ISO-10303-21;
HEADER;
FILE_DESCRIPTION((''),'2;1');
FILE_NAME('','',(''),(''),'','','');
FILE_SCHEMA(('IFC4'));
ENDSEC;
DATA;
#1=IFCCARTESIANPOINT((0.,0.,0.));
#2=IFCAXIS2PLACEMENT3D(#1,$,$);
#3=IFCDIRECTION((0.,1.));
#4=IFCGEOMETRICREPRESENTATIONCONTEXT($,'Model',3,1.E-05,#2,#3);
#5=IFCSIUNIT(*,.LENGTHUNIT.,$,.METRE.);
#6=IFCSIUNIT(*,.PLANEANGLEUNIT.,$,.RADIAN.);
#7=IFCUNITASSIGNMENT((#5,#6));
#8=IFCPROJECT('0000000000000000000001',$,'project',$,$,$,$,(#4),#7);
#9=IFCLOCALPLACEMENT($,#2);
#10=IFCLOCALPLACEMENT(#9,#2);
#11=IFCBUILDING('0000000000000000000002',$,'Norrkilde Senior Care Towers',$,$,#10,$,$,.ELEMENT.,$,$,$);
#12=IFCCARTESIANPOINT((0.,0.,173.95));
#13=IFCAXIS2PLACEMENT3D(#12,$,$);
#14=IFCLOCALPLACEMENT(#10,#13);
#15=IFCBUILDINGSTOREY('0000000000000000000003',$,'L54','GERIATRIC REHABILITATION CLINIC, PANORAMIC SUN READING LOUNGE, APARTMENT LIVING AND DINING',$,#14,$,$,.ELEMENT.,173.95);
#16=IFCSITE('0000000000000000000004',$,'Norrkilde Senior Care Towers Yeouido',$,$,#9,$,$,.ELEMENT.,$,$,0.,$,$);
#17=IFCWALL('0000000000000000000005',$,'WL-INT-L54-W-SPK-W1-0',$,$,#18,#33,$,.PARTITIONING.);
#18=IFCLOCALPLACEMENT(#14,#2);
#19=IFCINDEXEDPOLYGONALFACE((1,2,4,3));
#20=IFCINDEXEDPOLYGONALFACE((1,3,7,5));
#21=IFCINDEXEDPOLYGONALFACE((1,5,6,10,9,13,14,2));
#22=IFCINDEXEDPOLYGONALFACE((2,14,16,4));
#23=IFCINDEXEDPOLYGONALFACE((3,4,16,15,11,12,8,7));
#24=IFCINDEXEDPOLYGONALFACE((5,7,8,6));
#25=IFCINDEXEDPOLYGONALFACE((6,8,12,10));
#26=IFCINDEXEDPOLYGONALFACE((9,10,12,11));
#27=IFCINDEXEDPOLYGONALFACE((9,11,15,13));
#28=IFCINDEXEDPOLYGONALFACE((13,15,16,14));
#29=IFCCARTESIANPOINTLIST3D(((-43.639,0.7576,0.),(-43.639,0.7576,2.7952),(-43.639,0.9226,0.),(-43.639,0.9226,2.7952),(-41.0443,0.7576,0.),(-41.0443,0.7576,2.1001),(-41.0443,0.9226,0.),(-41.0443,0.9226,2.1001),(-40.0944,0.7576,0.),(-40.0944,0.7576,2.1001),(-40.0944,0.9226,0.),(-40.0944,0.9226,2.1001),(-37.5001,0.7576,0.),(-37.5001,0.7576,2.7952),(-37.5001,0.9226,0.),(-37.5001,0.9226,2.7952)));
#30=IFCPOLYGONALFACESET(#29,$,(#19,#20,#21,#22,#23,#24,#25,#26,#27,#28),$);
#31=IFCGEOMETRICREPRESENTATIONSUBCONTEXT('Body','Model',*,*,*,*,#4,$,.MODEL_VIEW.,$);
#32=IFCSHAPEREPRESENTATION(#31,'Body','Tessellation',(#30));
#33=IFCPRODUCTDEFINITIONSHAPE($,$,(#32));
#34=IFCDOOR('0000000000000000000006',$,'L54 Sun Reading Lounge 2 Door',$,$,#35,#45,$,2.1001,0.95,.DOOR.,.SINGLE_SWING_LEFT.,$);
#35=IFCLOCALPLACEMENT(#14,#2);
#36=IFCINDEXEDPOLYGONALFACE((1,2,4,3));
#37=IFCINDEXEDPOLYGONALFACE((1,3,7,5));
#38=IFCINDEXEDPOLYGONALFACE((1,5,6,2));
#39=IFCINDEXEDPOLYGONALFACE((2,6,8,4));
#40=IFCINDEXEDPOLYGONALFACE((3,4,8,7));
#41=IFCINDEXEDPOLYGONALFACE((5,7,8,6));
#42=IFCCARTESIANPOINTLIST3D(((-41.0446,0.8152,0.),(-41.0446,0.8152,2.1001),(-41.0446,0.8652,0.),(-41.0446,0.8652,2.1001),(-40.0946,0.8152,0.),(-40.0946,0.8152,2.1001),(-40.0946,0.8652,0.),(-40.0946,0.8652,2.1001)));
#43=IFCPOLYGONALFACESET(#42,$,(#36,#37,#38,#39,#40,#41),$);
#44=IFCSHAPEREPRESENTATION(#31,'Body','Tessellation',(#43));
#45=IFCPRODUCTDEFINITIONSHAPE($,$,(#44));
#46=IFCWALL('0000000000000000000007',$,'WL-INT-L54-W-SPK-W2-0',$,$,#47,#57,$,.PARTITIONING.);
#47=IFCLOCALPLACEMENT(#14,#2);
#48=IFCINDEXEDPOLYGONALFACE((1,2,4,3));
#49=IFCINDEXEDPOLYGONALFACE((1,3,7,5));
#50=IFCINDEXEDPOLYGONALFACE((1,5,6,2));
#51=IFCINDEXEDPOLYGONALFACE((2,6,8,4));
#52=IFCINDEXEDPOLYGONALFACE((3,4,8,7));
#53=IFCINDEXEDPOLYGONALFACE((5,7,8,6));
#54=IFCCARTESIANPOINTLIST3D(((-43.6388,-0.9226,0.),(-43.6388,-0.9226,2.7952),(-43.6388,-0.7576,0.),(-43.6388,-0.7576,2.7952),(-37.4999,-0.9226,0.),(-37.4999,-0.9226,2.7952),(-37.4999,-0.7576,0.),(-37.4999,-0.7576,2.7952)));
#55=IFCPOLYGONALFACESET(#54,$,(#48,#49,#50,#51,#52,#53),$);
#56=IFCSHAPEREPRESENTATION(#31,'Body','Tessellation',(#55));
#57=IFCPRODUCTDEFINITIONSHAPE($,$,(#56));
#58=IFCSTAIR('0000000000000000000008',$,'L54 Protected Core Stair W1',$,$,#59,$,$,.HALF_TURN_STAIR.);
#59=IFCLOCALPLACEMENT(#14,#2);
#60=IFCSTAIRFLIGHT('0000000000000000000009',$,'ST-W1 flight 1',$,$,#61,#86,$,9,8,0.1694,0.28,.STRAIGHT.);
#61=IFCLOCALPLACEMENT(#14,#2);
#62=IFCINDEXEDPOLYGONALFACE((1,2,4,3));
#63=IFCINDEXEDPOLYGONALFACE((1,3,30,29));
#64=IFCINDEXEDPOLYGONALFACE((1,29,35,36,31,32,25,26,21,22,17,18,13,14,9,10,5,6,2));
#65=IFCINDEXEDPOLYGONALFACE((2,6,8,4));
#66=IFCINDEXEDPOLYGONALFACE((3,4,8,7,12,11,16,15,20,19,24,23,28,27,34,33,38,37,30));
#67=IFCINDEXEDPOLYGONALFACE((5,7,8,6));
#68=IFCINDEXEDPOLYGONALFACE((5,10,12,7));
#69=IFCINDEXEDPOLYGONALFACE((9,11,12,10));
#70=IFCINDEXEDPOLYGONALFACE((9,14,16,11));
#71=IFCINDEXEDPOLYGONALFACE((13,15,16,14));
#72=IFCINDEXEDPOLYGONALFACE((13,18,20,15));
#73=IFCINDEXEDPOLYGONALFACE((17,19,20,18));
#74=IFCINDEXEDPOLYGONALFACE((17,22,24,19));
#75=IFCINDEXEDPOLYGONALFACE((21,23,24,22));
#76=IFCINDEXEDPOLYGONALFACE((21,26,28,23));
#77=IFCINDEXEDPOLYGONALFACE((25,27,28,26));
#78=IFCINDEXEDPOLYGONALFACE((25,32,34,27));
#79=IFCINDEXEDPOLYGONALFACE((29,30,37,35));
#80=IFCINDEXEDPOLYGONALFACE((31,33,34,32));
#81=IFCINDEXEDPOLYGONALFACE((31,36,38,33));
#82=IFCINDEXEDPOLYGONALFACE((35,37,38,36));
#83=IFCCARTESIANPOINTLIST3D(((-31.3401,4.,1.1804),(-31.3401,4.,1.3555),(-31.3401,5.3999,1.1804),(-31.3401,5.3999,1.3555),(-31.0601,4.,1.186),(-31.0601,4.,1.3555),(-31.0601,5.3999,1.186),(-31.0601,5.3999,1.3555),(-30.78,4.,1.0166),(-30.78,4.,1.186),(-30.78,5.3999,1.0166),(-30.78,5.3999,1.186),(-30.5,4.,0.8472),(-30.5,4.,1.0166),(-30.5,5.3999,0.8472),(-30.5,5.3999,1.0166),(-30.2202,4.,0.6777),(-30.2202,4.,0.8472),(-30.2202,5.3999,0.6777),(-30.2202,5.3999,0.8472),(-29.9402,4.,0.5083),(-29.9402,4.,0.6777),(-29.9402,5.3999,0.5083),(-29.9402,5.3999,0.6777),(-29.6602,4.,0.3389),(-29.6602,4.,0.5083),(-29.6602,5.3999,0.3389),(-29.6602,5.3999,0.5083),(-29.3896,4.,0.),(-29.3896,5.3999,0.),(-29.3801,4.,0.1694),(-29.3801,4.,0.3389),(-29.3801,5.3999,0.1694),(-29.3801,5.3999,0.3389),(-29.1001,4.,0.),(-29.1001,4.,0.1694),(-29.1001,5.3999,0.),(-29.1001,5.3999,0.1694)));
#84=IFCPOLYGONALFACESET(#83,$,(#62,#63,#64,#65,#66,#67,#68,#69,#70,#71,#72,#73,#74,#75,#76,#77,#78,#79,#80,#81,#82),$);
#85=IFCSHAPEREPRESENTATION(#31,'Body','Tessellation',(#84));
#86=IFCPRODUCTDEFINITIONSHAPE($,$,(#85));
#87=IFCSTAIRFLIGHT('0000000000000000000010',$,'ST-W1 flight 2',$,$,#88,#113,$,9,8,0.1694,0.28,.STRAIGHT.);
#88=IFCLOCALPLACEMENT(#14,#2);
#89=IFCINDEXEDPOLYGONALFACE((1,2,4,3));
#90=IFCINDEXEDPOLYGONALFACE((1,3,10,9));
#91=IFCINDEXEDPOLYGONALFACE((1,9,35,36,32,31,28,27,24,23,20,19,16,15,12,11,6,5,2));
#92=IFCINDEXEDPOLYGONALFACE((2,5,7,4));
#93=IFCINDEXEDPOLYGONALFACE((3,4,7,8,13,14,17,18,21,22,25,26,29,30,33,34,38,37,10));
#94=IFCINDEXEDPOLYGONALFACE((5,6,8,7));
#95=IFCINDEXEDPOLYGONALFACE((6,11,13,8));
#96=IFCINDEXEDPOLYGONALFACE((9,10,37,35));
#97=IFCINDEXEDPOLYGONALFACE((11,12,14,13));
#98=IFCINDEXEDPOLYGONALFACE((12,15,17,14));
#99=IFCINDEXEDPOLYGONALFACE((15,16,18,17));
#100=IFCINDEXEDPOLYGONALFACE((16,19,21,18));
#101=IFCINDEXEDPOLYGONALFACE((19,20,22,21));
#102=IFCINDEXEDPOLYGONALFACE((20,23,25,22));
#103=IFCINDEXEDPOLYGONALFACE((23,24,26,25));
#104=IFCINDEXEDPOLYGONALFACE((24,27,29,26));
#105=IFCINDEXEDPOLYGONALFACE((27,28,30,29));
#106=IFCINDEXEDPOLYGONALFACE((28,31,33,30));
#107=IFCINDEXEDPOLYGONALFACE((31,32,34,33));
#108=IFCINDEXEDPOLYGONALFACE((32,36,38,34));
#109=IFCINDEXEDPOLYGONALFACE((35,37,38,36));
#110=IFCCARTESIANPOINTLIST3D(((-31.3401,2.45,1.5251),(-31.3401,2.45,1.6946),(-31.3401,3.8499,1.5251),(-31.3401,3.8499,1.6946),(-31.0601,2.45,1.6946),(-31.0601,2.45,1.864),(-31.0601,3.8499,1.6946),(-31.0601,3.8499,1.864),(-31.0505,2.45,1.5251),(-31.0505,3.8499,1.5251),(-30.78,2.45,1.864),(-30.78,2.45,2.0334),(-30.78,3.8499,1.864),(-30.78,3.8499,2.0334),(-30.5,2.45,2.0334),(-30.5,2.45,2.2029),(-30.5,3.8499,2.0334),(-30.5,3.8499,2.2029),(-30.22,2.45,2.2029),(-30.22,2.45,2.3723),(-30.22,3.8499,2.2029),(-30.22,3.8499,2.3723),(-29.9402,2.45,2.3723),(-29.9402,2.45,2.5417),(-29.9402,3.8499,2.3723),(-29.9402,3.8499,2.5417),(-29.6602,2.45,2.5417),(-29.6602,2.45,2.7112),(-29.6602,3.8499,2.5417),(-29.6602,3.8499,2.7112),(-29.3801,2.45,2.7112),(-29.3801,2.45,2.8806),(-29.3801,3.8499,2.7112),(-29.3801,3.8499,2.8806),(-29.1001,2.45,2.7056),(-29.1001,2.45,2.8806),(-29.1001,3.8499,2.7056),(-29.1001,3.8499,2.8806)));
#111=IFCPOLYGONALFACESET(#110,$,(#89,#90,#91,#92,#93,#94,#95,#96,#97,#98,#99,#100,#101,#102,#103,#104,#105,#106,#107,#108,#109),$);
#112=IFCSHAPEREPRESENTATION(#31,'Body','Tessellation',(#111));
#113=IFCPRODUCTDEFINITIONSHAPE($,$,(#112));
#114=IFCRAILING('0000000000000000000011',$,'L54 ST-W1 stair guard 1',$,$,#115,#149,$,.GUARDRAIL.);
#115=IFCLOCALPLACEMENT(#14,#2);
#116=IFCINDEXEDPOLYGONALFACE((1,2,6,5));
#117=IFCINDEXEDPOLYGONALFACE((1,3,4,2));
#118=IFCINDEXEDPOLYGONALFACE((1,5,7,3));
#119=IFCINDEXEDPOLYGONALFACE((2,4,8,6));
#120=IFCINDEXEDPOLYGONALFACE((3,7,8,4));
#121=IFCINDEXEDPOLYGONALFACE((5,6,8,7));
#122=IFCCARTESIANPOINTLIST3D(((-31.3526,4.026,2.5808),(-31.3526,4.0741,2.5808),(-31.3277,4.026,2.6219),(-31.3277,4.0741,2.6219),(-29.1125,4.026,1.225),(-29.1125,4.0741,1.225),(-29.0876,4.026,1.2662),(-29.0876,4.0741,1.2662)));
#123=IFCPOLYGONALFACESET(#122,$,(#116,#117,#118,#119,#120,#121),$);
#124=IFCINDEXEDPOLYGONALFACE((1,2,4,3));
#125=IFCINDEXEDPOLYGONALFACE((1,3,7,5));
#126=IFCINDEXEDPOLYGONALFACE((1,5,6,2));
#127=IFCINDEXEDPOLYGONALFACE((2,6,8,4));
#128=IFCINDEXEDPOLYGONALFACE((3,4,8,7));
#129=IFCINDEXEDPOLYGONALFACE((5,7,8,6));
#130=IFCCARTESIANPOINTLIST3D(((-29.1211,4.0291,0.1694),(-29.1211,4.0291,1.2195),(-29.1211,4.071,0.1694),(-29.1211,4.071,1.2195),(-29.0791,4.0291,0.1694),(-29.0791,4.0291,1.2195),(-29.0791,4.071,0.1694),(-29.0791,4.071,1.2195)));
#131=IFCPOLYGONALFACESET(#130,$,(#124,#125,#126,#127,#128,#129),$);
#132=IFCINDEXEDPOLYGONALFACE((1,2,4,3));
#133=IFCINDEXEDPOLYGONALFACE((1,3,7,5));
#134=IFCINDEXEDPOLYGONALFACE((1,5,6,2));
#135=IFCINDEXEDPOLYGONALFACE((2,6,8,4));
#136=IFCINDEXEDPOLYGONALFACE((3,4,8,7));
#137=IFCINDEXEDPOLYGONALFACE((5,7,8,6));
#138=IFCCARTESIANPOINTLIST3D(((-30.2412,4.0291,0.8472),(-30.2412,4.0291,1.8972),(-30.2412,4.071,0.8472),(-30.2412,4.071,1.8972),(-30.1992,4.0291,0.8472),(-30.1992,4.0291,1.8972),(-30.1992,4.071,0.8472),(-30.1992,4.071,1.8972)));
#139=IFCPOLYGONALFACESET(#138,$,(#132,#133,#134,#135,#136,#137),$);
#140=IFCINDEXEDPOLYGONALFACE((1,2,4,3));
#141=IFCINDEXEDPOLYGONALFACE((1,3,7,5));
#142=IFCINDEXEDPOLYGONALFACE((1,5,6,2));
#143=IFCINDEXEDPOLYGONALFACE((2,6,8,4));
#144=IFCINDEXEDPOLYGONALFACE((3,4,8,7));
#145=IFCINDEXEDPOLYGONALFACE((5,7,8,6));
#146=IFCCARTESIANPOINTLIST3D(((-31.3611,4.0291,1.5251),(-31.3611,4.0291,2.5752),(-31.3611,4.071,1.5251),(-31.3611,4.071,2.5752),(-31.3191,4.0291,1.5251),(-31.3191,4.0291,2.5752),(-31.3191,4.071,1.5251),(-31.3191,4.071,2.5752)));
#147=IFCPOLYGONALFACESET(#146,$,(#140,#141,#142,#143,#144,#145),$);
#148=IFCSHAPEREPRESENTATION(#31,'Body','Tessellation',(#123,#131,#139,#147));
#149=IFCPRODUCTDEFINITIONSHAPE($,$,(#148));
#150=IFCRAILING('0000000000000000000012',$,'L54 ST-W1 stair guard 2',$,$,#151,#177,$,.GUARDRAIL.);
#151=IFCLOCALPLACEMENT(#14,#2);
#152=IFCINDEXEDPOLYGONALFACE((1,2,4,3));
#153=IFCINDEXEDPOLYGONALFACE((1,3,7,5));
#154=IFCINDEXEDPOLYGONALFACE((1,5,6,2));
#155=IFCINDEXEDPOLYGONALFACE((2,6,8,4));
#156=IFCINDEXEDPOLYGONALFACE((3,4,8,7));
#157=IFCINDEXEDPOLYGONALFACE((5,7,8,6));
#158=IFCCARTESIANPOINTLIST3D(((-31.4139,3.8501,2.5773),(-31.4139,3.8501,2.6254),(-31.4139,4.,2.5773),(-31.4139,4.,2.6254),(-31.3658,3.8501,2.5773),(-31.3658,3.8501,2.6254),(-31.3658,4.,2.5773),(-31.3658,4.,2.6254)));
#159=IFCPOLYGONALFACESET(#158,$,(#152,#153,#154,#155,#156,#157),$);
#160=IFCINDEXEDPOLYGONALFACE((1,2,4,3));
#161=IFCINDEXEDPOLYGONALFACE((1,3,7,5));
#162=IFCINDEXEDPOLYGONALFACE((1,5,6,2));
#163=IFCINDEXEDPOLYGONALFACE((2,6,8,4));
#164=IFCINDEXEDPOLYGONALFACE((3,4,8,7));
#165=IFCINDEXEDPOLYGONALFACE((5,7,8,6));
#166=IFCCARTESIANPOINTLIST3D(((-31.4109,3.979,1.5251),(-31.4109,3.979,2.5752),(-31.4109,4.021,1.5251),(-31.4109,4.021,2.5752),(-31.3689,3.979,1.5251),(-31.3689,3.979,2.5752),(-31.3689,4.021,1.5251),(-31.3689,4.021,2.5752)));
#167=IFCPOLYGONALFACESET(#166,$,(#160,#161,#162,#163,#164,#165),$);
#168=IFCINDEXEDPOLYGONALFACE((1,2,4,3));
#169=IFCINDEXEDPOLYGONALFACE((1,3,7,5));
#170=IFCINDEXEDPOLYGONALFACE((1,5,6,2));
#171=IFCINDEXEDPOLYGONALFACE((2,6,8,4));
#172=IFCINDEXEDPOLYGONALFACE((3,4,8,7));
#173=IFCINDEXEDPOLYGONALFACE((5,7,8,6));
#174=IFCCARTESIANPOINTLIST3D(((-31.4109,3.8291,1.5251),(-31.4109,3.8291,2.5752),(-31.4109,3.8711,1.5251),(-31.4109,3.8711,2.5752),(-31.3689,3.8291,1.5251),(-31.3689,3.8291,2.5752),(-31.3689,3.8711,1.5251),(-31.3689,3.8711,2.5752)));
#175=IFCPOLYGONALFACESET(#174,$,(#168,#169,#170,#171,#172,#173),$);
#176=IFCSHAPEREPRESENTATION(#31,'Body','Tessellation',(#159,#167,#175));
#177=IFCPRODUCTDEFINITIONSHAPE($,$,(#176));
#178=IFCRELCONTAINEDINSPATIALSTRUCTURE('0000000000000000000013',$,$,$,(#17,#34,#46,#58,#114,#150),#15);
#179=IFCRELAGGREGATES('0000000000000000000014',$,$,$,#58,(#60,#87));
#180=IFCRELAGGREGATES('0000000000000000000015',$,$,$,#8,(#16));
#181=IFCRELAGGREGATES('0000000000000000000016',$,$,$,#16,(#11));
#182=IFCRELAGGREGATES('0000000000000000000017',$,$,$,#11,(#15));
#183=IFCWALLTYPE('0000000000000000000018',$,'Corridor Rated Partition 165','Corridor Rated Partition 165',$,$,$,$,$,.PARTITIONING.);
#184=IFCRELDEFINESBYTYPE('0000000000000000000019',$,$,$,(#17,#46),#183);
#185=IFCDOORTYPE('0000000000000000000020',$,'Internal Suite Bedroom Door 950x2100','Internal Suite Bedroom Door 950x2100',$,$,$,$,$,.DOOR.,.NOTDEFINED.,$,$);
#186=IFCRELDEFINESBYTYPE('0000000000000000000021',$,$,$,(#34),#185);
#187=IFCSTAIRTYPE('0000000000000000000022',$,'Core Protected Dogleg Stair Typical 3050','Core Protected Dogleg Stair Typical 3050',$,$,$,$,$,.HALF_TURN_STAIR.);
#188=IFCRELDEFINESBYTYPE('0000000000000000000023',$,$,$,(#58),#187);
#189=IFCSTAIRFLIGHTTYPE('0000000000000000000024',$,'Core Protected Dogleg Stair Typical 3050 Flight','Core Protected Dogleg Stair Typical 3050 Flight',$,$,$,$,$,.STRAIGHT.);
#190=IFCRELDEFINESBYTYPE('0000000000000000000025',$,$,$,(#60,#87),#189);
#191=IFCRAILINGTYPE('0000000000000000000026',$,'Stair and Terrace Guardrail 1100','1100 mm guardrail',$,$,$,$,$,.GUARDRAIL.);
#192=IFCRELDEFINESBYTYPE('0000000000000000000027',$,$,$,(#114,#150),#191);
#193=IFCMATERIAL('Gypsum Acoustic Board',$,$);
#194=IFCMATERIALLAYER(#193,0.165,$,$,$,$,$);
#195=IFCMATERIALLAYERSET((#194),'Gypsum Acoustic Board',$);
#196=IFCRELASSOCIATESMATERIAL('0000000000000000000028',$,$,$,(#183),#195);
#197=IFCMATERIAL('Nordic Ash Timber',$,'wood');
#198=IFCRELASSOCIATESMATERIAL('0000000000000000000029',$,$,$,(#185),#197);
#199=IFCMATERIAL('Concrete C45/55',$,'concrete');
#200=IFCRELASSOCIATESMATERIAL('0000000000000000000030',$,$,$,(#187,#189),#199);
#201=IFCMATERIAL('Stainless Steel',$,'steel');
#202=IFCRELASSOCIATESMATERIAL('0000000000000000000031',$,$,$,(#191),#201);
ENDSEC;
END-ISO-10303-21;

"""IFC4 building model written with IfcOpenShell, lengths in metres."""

from ifc_helpers import new_model, si_unit, direction, frame, frame_2d, origin, origin_2d, place, context, subcontext, project, spatial, polyline, rectangle, outline, extrude, source, transform, mapped, material, layer, layer_set, type_object, type_shapes, element, fill, aggregate, save


model = new_model("IFC4")

# Units and contexts
model_context = context("Model", 3, precision=1e-05, world=origin(), true_north=direction((0.0, 1.0)))
body_context = subcontext(model_context, "Body", "Model", "MODEL_VIEW")
ifc_project = project(units=[si_unit("LENGTHUNIT", "METRE"), si_unit("PLANEANGLEUNIT", "RADIAN")], contexts=[model_context])

# Site, building, storey
site_placement = place(None, origin())
site = spatial("IfcSite", under=ifc_project, at=site_placement, Name="Norrkilde Senior Care Towers Yeouido", CompositionType="ELEMENT", RefElevation=0.0)
building_placement = place(site_placement, origin())
building = spatial("IfcBuilding", under=site, at=building_placement, Name="Norrkilde Senior Care Towers", CompositionType="ELEMENT")
storey_placement = place(building_placement, frame((0.0, 0.0, 173.95)))
storey = spatial("IfcBuildingStorey", under=building, at=storey_placement, Name="L54", Description="GERIATRIC REHABILITATION CLINIC, PANORAMIC SUN READING LOUNGE, APARTMENT LIVING AND DINING", CompositionType="ELEMENT", Elevation=173.95)

# Shared definitions
ifc_material_1 = material(Name="Concrete C45/55", Category="concrete")

# Shared definitions
ifc_material_2 = material(Name="Gypsum Acoustic Board")
ifc_layer_1 = layer(ifc_material_2, 0.165)
ifc_layer_set_1 = layer_set([ifc_layer_1], Name="Gypsum Acoustic Board")
wall_type_1 = type_object("IfcWallType", Name="Corridor Rated Partition 165", Description="Corridor Rated Partition 165", PredefinedType="PARTITIONING", material=ifc_layer_set_1)

# Wall, opening, door
shared_shape_1 = source(origin(), body_context, "Body", "SweptSolid", [
    extrude(rectangle(XDim=6.1389, YDim=0.165, at=frame_2d((3.0693, 0.0))), origin(), (0.0, 0.0, 1.0), 2.7952),
])
wall_1_placement = place(storey_placement, frame((-43.6389, 0.8401, 0.0), z_axis=(0.0, 0.0, 1.0), x_axis=(1.0, 0.0, 0.0)))
wall_1 = element("IfcWall", 1, at=wall_1_placement, inside=storey, type_object=wall_type_1, Name="WL-INT-L54-W-SPK-W1-0", PredefinedType="PARTITIONING", context=body_context, shape_type="MappedRepresentation", body=[
    mapped(shared_shape_1, transform((0.0, 0.0, 0.0), x_axis=(1.0, 0.0, 0.0), y_axis=(0.0, 1.0, 0.0), z_axis=(0.0, 0.0, 1.0), scale=1.0)),
])
opening_1_placement = place(wall_1_placement, frame((2.5945, 0.0, 0.0)))
opening_1 = element("IfcOpeningElement", 2, at=opening_1_placement, cuts=wall_1, PredefinedType="OPENING", context=body_context, shape_type="SweptSolid", body=[
    extrude(rectangle(XDim=0.95, YDim=2.1001, at=frame_2d((0.4751, 1.05))), frame((0.0, 0.0925, 0.0), z_axis=(0.0, -1.0, 0.0), x_axis=(1.0, 0.0, 0.0)), (0.0, 0.0, 1.0), 0.1851),
])
ifc_material_3 = material(Name="Nordic Ash Timber", Category="wood")
door_type_1 = type_object("IfcDoorType", Name="Internal Suite Bedroom Door 950x2100", Description="Internal Suite Bedroom Door 950x2100", OperationType="NOTDEFINED", PredefinedType="DOOR", material=ifc_material_3)
shared_shape_2 = source(origin(), body_context, "Body", "SweptSolid", [
    extrude(rectangle(XDim=0.95, YDim=2.1001, at=frame_2d((0.4751, 1.05))), frame((0.0, 0.0249, 0.0), z_axis=(0.0, -1.0, 0.0), x_axis=(1.0, 0.0, 0.0)), (0.0, 0.0, 1.0), 0.05),
])
type_shapes(door_type_1, [shared_shape_2])
door_1_placement = place(opening_1_placement, frame((0.95, 0.0, 0.0), z_axis=(0.0, 0.0, 1.0), x_axis=(-1.0, 0.0, 0.0)))
door_1 = element("IfcDoor", 3, at=door_1_placement, inside=storey, type_object=door_type_1, Name="L54 Sun Reading Lounge 2 Door", OperationType="SINGLE_SWING_LEFT", OverallHeight=2.1001, OverallWidth=0.95, PredefinedType="DOOR", context=body_context, shape_type="MappedRepresentation", body=[
    mapped(shared_shape_2, transform((0.0, 0.0, 0.0), x_axis=(1.0, 0.0, 0.0), y_axis=(0.0, 1.0, 0.0), z_axis=(0.0, 0.0, 1.0), scale=1.0)),
])
fill(opening_1, door_1)

# Wall
wall_2_placement = place(storey_placement, frame((-37.5, -0.8401, 0.0), z_axis=(0.0, 0.0, 1.0), x_axis=(-1.0, 0.0, 0.0)))
element("IfcWall", 4, at=wall_2_placement, inside=storey, type_object=wall_type_1, Name="WL-INT-L54-W-SPK-W2-0", PredefinedType="PARTITIONING", context=body_context, shape_type="MappedRepresentation", body=[
    mapped(shared_shape_1, transform((0.0, 0.0, 0.0), x_axis=(1.0, 0.0, 0.0), y_axis=(0.0, 1.0, 0.0), z_axis=(0.0, 0.0, 1.0), scale=1.0)),
])

# Stair, stair flights
stair_type = type_object("IfcStairType", Name="Core Protected Dogleg Stair Typical 3050", Description="Core Protected Dogleg Stair Typical 3050", PredefinedType="HALF_TURN_STAIR", material=ifc_material_1)
stair_placement = place(storey_placement, origin())
stair = element("IfcStair", 5, at=stair_placement, inside=storey, type_object=stair_type, Name="L54 Protected Core Stair W1", PredefinedType="HALF_TURN_STAIR")
stair_flight_type = type_object("IfcStairFlightType", Name="Core Protected Dogleg Stair Typical 3050 Flight", Description="Core Protected Dogleg Stair Typical 3050 Flight", PredefinedType="STRAIGHT", material=ifc_material_1)
stair_flight_1_placement = place(storey_placement, frame((-29.1001, 4.7, 0.0), z_axis=(0.0, 0.0, 1.0), x_axis=(-1.0, 0.0, 0.0)))
stair_flight_1 = element("IfcStairFlight", 6, at=stair_flight_1_placement, type_object=stair_flight_type, Name="ST-W1 flight 1", NumberOfRisers=9, NumberOfTreads=8, PredefinedType="STRAIGHT", RiserHeight=0.1694, TreadLength=0.28, context=body_context, shape_type="SweptSolid", body=[
    extrude(outline(polyline([(0.0, 0.0), (0.0, 0.1694), (0.28, 0.1694), (0.28, 0.3389), (0.5601, 0.3389), (0.5601, 0.5083), (0.8401, 0.5083), (0.8401, 0.6777), (1.1201, 0.6777), (1.1201, 0.8472), (1.3999, 0.8472), (1.3999, 1.0166), (1.6799, 1.0166), (1.6799, 1.186), (1.96, 1.186), (1.96, 1.3555), (2.24, 1.3555), (2.24, 1.5249), (2.24, 1.1804), (0.2896, 0.0), (0.0, 0.0)])), frame((0.0, 0.7, 0.0), z_axis=(0.0, -1.0, 0.0), x_axis=(1.0, 0.0, 0.0)), (0.0, 0.0, 1.0), 1.3999),
])
stair_flight_2_placement = place(storey_placement, frame((-31.3401, 3.1499, 1.5251), z_axis=(0.0, 0.0, 1.0), x_axis=(1.0, 0.0, 0.0)))
stair_flight_2 = element("IfcStairFlight", 7, at=stair_flight_2_placement, type_object=stair_flight_type, Name="ST-W1 flight 2", NumberOfRisers=9, NumberOfTreads=8, PredefinedType="STRAIGHT", RiserHeight=0.1694, TreadLength=0.28, context=body_context, shape_type="SweptSolid", body=[
    extrude(outline(polyline([(0.0, 0.0), (0.0, 0.1694), (0.28, 0.1694), (0.28, 0.3389), (0.5601, 0.3389), (0.5601, 0.5083), (0.8401, 0.5083), (0.8401, 0.6777), (1.1201, 0.6777), (1.1201, 0.8472), (1.3999, 0.8472), (1.3999, 1.0166), (1.6799, 1.0166), (1.6799, 1.186), (1.96, 1.186), (1.96, 1.3555), (2.24, 1.3555), (2.24, 1.5249), (2.24, 1.1804), (0.2896, 0.0), (0.0, 0.0)])), frame((0.0, 0.7, 0.0), z_axis=(0.0, -1.0, 0.0), x_axis=(1.0, 0.0, 0.0)), (0.0, 0.0, 1.0), 1.3999),
])
aggregate(stair, [stair_flight_1, stair_flight_2])

# Railings
ifc_material_4 = material(Name="Stainless Steel", Category="steel")
railing_type_1 = type_object("IfcRailingType", Name="Stair and Terrace Guardrail 1100", Description="1100 mm guardrail", PredefinedType="GUARDRAIL", material=ifc_material_4)
railing_1_placement = place(storey_placement, frame((-29.1001, 4.05, 0.1694)))
element("IfcRailing", 8, at=railing_1_placement, inside=storey, type_object=railing_type_1, Name="L54 ST-W1 stair guard 1", PredefinedType="GUARDRAIL", context=body_context, shape_type="SweptSolid", body=[
    extrude(rectangle(XDim=0.0481, YDim=0.0481, at=origin_2d()), frame((0.0, 0.0, 1.0762), z_axis=(-0.855512, 0.0, 0.517783), x_axis=(0.0, -1.0, 0.0)), (0.0, 0.0, 1.0), 2.6184),
    extrude(rectangle(XDim=0.042, YDim=0.042, at=origin_2d()), origin(), (0.0, 0.0, 1.0), 1.05),
    extrude(rectangle(XDim=0.042, YDim=0.042, at=origin_2d()), frame((-1.1201, 0.0, 0.6777)), (0.0, 0.0, 1.0), 1.05),
    extrude(rectangle(XDim=0.042, YDim=0.042, at=origin_2d()), frame((-2.24, 0.0, 1.3557)), (0.0, 0.0, 1.0), 1.05),
])
railing_2_placement = place(storey_placement, frame((-31.3899, 4.0, 1.5251)))
element("IfcRailing", 9, at=railing_2_placement, inside=storey, type_object=railing_type_1, Name="L54 ST-W1 stair guard 2", PredefinedType="GUARDRAIL", context=body_context, shape_type="SweptSolid", body=[
    extrude(rectangle(XDim=0.0481, YDim=0.0481, at=origin_2d()), frame((0.0, 0.0, 1.0762), z_axis=(0.0, -1.0, 0.0), x_axis=(1.0, 0.0, 0.0)), (0.0, 0.0, 1.0), 0.1499),
    extrude(rectangle(XDim=0.042, YDim=0.042, at=origin_2d()), origin(), (0.0, 0.0, 1.0), 1.05),
    extrude(rectangle(XDim=0.042, YDim=0.042, at=origin_2d()), frame((0.0, -0.1499, 0.0)), (0.0, 0.0, 1.0), 1.05),
])

save(model, "model.ifc")
